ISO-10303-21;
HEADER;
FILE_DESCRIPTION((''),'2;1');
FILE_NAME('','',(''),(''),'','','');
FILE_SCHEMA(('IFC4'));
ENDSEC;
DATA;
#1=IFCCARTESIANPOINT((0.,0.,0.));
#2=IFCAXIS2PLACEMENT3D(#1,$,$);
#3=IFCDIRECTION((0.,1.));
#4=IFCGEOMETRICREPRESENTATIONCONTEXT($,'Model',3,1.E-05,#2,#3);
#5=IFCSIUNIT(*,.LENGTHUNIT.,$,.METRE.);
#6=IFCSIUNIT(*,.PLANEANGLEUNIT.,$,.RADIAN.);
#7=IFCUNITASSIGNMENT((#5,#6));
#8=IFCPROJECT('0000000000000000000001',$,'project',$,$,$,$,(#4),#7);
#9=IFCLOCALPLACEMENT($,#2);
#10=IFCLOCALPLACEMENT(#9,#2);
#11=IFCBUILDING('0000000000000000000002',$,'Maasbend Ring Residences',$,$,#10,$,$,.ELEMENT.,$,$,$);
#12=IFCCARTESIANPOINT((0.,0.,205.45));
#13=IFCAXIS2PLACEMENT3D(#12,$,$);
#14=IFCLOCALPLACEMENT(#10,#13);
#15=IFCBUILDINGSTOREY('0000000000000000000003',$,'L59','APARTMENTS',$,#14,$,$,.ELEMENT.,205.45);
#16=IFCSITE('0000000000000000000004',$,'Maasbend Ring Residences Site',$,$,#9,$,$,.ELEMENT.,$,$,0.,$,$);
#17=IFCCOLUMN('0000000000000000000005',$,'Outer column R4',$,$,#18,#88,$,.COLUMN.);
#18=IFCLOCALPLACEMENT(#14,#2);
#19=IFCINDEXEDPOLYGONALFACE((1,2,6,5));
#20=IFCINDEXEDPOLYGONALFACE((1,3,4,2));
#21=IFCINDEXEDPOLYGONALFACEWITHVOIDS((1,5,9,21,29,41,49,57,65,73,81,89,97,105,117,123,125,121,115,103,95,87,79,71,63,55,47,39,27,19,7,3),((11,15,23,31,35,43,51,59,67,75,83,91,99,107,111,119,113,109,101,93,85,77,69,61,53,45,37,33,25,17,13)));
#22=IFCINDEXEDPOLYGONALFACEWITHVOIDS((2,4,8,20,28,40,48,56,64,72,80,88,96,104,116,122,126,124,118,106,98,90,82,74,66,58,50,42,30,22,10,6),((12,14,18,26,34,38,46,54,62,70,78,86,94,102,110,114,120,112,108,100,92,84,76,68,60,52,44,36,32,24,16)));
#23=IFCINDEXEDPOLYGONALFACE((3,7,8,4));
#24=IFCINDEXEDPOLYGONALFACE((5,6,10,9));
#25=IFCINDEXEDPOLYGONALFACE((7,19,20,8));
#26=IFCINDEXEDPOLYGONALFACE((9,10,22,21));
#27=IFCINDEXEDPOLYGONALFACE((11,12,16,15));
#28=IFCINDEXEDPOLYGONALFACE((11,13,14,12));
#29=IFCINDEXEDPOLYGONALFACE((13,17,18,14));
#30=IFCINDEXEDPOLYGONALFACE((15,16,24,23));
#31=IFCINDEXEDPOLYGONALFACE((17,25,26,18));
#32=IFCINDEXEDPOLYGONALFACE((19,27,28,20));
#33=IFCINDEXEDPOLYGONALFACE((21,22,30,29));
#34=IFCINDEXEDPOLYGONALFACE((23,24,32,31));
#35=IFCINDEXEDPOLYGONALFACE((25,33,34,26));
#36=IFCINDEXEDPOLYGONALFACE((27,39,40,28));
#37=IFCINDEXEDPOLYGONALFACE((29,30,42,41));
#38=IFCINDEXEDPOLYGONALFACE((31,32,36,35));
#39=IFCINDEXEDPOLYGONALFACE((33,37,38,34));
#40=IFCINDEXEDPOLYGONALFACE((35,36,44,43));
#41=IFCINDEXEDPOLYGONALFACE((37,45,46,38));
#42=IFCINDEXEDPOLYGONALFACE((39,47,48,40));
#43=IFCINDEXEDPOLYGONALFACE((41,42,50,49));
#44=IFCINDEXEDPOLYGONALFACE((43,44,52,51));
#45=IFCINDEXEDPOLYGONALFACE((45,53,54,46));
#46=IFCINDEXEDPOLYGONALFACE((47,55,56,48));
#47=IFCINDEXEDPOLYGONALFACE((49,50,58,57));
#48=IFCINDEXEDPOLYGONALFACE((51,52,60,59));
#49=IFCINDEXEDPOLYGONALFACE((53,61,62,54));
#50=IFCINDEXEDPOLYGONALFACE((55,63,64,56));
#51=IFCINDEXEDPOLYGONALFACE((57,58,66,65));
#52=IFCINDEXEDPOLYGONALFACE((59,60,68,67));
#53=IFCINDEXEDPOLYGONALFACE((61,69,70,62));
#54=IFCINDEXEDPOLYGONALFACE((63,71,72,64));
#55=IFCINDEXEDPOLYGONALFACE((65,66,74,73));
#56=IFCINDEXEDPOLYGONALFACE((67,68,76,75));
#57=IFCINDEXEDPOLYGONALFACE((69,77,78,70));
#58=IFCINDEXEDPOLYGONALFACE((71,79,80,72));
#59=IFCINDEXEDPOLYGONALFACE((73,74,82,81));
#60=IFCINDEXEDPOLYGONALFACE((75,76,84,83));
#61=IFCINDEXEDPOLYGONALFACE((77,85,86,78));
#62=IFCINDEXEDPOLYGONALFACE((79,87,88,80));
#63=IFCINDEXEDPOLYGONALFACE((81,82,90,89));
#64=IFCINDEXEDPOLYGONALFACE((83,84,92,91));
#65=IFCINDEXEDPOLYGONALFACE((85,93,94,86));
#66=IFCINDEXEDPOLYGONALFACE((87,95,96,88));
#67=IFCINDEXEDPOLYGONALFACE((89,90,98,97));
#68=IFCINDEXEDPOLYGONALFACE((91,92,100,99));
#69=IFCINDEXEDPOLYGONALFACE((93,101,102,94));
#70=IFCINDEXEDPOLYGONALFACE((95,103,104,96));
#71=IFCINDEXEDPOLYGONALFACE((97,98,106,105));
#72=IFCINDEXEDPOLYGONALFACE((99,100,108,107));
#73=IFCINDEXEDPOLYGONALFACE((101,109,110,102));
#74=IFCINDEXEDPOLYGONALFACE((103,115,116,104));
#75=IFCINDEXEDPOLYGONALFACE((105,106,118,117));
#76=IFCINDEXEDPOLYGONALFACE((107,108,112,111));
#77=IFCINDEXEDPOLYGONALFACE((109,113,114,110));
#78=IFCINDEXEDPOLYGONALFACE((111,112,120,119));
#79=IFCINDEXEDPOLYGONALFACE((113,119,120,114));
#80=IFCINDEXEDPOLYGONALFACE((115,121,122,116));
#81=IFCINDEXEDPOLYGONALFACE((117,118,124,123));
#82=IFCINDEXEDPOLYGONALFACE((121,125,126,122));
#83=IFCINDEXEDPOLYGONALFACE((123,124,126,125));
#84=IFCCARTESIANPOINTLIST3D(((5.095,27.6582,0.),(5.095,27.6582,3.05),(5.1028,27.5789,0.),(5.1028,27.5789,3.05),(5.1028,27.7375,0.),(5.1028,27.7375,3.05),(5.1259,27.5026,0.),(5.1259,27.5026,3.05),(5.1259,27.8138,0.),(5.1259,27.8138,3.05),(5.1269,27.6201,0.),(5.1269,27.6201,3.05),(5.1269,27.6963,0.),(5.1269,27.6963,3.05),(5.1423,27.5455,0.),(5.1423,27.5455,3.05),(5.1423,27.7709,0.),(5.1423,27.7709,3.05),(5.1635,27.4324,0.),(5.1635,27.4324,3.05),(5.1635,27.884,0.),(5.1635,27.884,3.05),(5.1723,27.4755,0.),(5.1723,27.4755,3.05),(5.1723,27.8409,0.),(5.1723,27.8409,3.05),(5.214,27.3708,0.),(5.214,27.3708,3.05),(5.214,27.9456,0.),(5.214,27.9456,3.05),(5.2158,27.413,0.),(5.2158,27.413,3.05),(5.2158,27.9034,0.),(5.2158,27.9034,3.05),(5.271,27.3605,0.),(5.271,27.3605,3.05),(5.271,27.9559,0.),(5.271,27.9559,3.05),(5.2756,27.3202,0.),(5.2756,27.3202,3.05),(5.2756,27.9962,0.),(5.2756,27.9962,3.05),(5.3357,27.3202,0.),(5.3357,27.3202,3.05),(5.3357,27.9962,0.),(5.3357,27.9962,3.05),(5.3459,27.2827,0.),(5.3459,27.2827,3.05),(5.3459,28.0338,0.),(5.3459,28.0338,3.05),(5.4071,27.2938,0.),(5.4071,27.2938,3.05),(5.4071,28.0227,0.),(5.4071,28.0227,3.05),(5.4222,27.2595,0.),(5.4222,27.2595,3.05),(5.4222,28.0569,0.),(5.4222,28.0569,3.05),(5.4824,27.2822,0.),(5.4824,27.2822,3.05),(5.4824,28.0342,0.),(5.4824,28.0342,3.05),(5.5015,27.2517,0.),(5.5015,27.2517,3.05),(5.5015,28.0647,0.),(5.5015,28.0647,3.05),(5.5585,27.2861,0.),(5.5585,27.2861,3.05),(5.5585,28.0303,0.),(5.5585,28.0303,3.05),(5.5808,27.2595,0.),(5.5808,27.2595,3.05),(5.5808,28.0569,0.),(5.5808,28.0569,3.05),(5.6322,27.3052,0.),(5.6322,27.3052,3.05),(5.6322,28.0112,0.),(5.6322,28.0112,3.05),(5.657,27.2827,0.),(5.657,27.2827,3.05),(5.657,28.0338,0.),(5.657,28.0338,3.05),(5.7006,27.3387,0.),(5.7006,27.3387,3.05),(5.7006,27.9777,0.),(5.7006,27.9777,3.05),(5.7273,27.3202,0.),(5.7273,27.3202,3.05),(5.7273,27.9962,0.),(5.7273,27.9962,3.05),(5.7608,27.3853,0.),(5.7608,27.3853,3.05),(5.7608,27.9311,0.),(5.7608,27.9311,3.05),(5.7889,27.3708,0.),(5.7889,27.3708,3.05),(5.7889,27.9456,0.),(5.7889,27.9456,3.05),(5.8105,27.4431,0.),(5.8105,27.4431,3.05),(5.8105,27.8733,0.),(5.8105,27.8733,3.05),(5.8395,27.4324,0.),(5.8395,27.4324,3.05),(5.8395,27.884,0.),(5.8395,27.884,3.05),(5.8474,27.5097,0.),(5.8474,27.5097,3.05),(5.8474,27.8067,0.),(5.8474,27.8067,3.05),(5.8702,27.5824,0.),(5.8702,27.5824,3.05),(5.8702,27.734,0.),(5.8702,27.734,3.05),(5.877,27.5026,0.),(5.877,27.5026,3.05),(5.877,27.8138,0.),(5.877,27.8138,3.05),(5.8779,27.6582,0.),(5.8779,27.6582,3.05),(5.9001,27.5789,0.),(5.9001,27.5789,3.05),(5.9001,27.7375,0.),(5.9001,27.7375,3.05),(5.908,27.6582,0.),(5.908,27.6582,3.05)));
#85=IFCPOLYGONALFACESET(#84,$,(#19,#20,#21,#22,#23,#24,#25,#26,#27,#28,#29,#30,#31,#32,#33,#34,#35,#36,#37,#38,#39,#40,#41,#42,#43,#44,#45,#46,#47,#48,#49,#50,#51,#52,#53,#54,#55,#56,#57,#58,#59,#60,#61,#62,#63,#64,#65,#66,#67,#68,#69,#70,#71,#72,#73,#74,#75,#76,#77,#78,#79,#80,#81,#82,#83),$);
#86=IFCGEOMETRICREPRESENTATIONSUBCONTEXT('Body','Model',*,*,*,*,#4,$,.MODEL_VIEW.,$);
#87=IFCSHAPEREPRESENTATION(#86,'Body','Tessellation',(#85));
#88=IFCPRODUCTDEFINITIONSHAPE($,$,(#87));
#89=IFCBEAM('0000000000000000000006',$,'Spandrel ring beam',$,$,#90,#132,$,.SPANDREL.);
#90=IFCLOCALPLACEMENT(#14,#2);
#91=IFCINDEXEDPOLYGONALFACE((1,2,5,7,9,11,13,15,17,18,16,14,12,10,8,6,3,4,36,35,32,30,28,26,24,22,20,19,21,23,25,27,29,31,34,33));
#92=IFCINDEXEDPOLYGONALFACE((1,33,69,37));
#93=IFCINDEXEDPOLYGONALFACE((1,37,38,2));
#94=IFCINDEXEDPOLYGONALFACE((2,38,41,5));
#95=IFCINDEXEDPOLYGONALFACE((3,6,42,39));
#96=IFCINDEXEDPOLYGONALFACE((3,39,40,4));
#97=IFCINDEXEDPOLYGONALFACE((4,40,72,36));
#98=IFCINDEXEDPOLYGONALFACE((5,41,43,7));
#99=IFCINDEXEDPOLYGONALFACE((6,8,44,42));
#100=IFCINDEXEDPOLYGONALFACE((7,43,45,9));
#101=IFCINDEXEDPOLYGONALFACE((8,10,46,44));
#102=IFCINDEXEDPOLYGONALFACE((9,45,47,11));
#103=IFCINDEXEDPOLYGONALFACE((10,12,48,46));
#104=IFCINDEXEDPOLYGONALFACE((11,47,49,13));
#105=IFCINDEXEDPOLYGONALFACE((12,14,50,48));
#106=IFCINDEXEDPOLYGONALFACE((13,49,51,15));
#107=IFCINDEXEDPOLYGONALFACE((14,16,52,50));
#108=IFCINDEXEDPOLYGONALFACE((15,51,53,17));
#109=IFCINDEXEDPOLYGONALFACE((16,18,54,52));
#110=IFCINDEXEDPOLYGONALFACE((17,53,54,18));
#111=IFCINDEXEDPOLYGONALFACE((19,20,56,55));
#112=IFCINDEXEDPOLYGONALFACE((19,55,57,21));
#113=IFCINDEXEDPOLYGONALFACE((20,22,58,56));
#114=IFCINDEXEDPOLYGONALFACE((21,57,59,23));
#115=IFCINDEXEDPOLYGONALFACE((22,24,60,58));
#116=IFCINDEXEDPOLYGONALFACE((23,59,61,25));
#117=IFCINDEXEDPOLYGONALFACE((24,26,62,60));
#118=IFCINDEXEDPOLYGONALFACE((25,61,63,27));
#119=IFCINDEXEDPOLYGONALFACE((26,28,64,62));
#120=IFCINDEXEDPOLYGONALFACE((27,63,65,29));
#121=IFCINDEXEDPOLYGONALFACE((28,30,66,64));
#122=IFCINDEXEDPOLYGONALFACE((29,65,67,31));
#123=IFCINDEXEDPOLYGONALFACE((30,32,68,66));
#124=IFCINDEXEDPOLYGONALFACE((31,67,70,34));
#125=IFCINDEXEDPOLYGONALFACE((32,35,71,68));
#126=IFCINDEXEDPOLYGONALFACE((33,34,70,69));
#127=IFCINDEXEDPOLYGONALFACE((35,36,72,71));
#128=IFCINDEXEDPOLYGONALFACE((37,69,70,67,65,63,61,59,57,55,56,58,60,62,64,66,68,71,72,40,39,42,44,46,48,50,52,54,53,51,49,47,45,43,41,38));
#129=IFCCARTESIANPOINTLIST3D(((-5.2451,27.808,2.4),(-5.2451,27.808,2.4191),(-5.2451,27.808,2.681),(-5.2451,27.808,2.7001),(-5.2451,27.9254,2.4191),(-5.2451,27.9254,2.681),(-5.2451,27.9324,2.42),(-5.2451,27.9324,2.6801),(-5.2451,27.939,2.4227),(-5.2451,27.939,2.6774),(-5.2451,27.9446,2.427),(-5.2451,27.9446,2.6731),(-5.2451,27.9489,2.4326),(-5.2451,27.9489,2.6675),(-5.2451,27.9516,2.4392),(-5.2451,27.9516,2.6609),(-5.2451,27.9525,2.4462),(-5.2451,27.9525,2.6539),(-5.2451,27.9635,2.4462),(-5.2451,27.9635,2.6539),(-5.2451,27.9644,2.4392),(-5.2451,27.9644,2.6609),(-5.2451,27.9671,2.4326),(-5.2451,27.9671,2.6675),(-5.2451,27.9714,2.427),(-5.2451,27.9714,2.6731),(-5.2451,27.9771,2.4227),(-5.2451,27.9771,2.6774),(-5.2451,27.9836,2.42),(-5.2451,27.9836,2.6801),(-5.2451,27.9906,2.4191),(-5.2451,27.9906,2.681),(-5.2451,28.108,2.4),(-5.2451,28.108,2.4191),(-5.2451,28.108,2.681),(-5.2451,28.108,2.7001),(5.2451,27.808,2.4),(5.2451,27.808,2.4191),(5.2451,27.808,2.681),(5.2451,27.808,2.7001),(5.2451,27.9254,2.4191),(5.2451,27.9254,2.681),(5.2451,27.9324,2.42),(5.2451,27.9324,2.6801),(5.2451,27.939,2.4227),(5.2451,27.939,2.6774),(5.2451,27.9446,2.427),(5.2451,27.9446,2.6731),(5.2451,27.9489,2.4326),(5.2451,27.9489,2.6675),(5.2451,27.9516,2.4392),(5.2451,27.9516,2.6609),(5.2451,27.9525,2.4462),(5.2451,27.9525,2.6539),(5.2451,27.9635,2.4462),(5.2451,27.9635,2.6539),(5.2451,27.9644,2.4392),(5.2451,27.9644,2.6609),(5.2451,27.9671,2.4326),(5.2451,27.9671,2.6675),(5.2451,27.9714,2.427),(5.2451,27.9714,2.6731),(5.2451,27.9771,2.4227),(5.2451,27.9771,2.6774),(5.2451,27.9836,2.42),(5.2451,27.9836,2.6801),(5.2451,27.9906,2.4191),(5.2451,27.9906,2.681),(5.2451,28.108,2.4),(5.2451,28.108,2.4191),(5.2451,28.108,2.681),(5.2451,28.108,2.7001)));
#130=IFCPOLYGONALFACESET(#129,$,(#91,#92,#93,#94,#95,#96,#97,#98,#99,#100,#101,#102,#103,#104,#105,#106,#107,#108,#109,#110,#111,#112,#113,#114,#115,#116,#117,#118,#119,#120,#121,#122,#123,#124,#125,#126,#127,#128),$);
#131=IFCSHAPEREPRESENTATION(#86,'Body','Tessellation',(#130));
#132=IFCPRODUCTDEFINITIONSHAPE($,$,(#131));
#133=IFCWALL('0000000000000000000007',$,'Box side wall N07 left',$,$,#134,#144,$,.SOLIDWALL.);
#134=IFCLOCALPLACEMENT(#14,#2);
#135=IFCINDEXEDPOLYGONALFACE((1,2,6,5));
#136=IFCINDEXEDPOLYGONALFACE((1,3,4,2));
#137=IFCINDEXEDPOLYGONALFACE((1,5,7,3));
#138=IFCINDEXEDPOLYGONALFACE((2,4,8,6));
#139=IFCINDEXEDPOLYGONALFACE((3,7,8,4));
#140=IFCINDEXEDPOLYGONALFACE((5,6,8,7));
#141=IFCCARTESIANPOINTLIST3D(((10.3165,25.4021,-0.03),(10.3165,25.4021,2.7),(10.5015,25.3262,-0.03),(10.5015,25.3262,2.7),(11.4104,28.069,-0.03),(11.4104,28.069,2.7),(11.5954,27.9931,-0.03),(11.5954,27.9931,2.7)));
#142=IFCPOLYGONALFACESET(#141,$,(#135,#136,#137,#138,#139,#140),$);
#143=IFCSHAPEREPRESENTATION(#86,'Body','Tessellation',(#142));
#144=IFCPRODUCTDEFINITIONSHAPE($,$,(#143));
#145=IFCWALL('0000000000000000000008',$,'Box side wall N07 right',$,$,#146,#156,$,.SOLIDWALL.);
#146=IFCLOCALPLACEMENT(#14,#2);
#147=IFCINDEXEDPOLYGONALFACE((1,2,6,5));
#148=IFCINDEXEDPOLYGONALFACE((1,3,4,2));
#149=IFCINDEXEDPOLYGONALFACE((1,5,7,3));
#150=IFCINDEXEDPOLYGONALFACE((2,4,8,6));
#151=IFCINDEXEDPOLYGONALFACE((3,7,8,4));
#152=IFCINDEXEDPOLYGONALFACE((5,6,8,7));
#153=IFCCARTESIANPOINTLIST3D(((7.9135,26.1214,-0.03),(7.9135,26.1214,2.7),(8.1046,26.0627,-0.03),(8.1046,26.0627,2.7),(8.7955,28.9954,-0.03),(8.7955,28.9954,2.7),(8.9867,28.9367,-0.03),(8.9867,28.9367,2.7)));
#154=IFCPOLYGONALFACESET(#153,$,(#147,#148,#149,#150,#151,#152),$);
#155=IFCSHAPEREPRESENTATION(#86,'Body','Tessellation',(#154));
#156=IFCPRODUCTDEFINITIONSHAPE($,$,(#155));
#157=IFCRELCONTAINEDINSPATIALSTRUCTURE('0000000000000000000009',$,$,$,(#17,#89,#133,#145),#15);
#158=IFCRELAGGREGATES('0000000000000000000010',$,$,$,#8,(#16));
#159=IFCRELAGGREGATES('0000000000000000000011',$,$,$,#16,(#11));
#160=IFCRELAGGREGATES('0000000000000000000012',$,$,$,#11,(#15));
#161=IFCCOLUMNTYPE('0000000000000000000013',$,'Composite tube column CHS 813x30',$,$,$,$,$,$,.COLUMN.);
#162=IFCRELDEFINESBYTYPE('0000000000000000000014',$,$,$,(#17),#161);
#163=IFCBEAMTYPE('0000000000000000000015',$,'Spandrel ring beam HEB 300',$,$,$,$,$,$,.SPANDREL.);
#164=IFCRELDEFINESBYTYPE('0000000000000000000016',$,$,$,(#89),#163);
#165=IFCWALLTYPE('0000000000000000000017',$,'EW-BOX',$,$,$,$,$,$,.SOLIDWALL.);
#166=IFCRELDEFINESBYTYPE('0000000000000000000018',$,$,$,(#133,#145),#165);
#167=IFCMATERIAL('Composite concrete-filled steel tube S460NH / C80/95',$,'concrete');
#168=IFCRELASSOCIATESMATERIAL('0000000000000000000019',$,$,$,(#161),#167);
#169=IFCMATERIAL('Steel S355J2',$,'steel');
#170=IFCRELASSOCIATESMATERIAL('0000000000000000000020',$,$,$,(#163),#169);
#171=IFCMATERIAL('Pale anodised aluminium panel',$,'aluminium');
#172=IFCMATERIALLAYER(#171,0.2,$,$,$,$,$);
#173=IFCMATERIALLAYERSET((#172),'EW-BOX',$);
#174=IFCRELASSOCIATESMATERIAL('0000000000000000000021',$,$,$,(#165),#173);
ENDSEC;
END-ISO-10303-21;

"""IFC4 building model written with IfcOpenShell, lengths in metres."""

from ifc_helpers import new_model, si_unit, direction, frame, frame_2d, origin, origin_2d, place, context, subcontext, project, spatial, rectangle, hollow_circle, i_section, extrude, material, layer, layer_set, material_profile, profile_set, type_object, element, save


model = new_model("IFC4")

# Units and contexts
model_context = context("Model", 3, precision=1e-05, world=origin(), true_north=direction((0.0, 1.0)))
body_context = subcontext(model_context, "Body", "Model", "MODEL_VIEW")
ifc_project = project(units=[si_unit("LENGTHUNIT", "METRE"), si_unit("PLANEANGLEUNIT", "RADIAN")], contexts=[model_context])

# Site, building, storey
site_placement = place(None, origin())
site = spatial("IfcSite", under=ifc_project, at=site_placement, Name="Maasbend Ring Residences Site", CompositionType="ELEMENT", RefElevation=0.0)
building_placement = place(site_placement, origin())
building = spatial("IfcBuilding", under=site, at=building_placement, Name="Maasbend Ring Residences", CompositionType="ELEMENT")
storey_placement = place(building_placement, frame((0.0, 0.0, 205.45)))
storey = spatial("IfcBuildingStorey", under=building, at=storey_placement, Name="L59", Description="APARTMENTS", CompositionType="ELEMENT", Elevation=205.45)

# Column
ifc_material_1 = material(Name="Composite concrete-filled steel tube S460NH / C80/95", Category="concrete")
ifc_material_profile_1 = material_profile(ifc_material_1, hollow_circle(Radius=0.4065, WallThickness=0.03, at=origin_2d()), Name="Composite tube column CHS 813x30")
ifc_profile_set_1 = profile_set([ifc_material_profile_1], Name="Composite concrete-filled steel tube S460NH / C80/95")
column_type = type_object("IfcColumnType", Name="Composite tube column CHS 813x30", PredefinedType="COLUMN", material=ifc_profile_set_1)
column_placement = place(storey_placement, frame((5.5015, 27.6582, 0.0), z_axis=(0.0, 0.0, 1.0), x_axis=(1.0, 0.0, 0.0)))
element("IfcColumn", 1, at=column_placement, inside=storey, type_object=column_type, Name="Outer column R4", PredefinedType="COLUMN", context=body_context, shape_type="SweptSolid", body=[
    extrude(hollow_circle(Radius=0.4065, WallThickness=0.03, at=origin_2d()), origin(), (0.0, 0.0, 1.0), 3.05),
])

# Beam
ifc_material_2 = material(Name="Steel S355J2", Category="steel")
ifc_material_profile_2 = material_profile(ifc_material_2, i_section(OverallWidth=0.3, OverallDepth=0.3, WebThickness=0.011, FlangeThickness=0.019, FilletRadius=0.0271, at=origin_2d()), Name="HEB 300")
ifc_profile_set_2 = profile_set([ifc_material_profile_2], Name="Steel S355J2")
beam_type = type_object("IfcBeamType", Name="Spandrel ring beam HEB 300", PredefinedType="SPANDREL", material=ifc_profile_set_2)
beam_placement = place(storey_placement, frame((5.2451, 27.958, 2.55), z_axis=(-1.0, 0.0, 0.0), x_axis=(0.0, -1.0, 0.0)))
element("IfcBeam", 2, at=beam_placement, inside=storey, type_object=beam_type, Name="Spandrel ring beam", PredefinedType="SPANDREL", context=body_context, shape_type="SweptSolid", body=[
    extrude(i_section(OverallWidth=0.3, OverallDepth=0.3, WebThickness=0.011, FlangeThickness=0.019, FilletRadius=0.0271, at=origin_2d()), origin(), (0.0, 0.0, 1.0), 10.4902),
])

# Walls
ifc_material_3 = material(Name="Pale anodised aluminium panel", Category="aluminium")
ifc_layer_1 = layer(ifc_material_3, 0.2)
ifc_layer_set_1 = layer_set([ifc_layer_1], Name="EW-BOX")
wall_type_1 = type_object("IfcWallType", Name="EW-BOX", PredefinedType="SOLIDWALL", material=ifc_layer_set_1)
wall_1_placement = place(storey_placement, frame((10.4089, 25.364, -0.03), z_axis=(0.0, 0.0, 1.0), x_axis=(0.37951, 0.925188, 0.0)))
element("IfcWall", 3, at=wall_1_placement, inside=storey, type_object=wall_type_1, Name="Box side wall N07 left", PredefinedType="SOLIDWALL", context=body_context, shape_type="SweptSolid", body=[
    extrude(rectangle(XDim=2.8826, YDim=0.2, at=frame_2d((1.4414, 0.0))), origin(), (0.0, 0.0, 1.0), 2.73),
])
wall_2_placement = place(storey_placement, frame((8.009, 26.092, -0.03), z_axis=(0.0, 0.0, 1.0), x_axis=(0.293407, 0.955988, 0.0)))
element("IfcWall", 4, at=wall_2_placement, inside=storey, type_object=wall_type_1, Name="Box side wall N07 right", PredefinedType="SOLIDWALL", context=body_context, shape_type="SweptSolid", body=[
    extrude(rectangle(XDim=3.0063, YDim=0.2, at=frame_2d((1.5032, 0.0))), origin(), (0.0, 0.0, 1.0), 2.73),
])

save(model, "model.ifc")
